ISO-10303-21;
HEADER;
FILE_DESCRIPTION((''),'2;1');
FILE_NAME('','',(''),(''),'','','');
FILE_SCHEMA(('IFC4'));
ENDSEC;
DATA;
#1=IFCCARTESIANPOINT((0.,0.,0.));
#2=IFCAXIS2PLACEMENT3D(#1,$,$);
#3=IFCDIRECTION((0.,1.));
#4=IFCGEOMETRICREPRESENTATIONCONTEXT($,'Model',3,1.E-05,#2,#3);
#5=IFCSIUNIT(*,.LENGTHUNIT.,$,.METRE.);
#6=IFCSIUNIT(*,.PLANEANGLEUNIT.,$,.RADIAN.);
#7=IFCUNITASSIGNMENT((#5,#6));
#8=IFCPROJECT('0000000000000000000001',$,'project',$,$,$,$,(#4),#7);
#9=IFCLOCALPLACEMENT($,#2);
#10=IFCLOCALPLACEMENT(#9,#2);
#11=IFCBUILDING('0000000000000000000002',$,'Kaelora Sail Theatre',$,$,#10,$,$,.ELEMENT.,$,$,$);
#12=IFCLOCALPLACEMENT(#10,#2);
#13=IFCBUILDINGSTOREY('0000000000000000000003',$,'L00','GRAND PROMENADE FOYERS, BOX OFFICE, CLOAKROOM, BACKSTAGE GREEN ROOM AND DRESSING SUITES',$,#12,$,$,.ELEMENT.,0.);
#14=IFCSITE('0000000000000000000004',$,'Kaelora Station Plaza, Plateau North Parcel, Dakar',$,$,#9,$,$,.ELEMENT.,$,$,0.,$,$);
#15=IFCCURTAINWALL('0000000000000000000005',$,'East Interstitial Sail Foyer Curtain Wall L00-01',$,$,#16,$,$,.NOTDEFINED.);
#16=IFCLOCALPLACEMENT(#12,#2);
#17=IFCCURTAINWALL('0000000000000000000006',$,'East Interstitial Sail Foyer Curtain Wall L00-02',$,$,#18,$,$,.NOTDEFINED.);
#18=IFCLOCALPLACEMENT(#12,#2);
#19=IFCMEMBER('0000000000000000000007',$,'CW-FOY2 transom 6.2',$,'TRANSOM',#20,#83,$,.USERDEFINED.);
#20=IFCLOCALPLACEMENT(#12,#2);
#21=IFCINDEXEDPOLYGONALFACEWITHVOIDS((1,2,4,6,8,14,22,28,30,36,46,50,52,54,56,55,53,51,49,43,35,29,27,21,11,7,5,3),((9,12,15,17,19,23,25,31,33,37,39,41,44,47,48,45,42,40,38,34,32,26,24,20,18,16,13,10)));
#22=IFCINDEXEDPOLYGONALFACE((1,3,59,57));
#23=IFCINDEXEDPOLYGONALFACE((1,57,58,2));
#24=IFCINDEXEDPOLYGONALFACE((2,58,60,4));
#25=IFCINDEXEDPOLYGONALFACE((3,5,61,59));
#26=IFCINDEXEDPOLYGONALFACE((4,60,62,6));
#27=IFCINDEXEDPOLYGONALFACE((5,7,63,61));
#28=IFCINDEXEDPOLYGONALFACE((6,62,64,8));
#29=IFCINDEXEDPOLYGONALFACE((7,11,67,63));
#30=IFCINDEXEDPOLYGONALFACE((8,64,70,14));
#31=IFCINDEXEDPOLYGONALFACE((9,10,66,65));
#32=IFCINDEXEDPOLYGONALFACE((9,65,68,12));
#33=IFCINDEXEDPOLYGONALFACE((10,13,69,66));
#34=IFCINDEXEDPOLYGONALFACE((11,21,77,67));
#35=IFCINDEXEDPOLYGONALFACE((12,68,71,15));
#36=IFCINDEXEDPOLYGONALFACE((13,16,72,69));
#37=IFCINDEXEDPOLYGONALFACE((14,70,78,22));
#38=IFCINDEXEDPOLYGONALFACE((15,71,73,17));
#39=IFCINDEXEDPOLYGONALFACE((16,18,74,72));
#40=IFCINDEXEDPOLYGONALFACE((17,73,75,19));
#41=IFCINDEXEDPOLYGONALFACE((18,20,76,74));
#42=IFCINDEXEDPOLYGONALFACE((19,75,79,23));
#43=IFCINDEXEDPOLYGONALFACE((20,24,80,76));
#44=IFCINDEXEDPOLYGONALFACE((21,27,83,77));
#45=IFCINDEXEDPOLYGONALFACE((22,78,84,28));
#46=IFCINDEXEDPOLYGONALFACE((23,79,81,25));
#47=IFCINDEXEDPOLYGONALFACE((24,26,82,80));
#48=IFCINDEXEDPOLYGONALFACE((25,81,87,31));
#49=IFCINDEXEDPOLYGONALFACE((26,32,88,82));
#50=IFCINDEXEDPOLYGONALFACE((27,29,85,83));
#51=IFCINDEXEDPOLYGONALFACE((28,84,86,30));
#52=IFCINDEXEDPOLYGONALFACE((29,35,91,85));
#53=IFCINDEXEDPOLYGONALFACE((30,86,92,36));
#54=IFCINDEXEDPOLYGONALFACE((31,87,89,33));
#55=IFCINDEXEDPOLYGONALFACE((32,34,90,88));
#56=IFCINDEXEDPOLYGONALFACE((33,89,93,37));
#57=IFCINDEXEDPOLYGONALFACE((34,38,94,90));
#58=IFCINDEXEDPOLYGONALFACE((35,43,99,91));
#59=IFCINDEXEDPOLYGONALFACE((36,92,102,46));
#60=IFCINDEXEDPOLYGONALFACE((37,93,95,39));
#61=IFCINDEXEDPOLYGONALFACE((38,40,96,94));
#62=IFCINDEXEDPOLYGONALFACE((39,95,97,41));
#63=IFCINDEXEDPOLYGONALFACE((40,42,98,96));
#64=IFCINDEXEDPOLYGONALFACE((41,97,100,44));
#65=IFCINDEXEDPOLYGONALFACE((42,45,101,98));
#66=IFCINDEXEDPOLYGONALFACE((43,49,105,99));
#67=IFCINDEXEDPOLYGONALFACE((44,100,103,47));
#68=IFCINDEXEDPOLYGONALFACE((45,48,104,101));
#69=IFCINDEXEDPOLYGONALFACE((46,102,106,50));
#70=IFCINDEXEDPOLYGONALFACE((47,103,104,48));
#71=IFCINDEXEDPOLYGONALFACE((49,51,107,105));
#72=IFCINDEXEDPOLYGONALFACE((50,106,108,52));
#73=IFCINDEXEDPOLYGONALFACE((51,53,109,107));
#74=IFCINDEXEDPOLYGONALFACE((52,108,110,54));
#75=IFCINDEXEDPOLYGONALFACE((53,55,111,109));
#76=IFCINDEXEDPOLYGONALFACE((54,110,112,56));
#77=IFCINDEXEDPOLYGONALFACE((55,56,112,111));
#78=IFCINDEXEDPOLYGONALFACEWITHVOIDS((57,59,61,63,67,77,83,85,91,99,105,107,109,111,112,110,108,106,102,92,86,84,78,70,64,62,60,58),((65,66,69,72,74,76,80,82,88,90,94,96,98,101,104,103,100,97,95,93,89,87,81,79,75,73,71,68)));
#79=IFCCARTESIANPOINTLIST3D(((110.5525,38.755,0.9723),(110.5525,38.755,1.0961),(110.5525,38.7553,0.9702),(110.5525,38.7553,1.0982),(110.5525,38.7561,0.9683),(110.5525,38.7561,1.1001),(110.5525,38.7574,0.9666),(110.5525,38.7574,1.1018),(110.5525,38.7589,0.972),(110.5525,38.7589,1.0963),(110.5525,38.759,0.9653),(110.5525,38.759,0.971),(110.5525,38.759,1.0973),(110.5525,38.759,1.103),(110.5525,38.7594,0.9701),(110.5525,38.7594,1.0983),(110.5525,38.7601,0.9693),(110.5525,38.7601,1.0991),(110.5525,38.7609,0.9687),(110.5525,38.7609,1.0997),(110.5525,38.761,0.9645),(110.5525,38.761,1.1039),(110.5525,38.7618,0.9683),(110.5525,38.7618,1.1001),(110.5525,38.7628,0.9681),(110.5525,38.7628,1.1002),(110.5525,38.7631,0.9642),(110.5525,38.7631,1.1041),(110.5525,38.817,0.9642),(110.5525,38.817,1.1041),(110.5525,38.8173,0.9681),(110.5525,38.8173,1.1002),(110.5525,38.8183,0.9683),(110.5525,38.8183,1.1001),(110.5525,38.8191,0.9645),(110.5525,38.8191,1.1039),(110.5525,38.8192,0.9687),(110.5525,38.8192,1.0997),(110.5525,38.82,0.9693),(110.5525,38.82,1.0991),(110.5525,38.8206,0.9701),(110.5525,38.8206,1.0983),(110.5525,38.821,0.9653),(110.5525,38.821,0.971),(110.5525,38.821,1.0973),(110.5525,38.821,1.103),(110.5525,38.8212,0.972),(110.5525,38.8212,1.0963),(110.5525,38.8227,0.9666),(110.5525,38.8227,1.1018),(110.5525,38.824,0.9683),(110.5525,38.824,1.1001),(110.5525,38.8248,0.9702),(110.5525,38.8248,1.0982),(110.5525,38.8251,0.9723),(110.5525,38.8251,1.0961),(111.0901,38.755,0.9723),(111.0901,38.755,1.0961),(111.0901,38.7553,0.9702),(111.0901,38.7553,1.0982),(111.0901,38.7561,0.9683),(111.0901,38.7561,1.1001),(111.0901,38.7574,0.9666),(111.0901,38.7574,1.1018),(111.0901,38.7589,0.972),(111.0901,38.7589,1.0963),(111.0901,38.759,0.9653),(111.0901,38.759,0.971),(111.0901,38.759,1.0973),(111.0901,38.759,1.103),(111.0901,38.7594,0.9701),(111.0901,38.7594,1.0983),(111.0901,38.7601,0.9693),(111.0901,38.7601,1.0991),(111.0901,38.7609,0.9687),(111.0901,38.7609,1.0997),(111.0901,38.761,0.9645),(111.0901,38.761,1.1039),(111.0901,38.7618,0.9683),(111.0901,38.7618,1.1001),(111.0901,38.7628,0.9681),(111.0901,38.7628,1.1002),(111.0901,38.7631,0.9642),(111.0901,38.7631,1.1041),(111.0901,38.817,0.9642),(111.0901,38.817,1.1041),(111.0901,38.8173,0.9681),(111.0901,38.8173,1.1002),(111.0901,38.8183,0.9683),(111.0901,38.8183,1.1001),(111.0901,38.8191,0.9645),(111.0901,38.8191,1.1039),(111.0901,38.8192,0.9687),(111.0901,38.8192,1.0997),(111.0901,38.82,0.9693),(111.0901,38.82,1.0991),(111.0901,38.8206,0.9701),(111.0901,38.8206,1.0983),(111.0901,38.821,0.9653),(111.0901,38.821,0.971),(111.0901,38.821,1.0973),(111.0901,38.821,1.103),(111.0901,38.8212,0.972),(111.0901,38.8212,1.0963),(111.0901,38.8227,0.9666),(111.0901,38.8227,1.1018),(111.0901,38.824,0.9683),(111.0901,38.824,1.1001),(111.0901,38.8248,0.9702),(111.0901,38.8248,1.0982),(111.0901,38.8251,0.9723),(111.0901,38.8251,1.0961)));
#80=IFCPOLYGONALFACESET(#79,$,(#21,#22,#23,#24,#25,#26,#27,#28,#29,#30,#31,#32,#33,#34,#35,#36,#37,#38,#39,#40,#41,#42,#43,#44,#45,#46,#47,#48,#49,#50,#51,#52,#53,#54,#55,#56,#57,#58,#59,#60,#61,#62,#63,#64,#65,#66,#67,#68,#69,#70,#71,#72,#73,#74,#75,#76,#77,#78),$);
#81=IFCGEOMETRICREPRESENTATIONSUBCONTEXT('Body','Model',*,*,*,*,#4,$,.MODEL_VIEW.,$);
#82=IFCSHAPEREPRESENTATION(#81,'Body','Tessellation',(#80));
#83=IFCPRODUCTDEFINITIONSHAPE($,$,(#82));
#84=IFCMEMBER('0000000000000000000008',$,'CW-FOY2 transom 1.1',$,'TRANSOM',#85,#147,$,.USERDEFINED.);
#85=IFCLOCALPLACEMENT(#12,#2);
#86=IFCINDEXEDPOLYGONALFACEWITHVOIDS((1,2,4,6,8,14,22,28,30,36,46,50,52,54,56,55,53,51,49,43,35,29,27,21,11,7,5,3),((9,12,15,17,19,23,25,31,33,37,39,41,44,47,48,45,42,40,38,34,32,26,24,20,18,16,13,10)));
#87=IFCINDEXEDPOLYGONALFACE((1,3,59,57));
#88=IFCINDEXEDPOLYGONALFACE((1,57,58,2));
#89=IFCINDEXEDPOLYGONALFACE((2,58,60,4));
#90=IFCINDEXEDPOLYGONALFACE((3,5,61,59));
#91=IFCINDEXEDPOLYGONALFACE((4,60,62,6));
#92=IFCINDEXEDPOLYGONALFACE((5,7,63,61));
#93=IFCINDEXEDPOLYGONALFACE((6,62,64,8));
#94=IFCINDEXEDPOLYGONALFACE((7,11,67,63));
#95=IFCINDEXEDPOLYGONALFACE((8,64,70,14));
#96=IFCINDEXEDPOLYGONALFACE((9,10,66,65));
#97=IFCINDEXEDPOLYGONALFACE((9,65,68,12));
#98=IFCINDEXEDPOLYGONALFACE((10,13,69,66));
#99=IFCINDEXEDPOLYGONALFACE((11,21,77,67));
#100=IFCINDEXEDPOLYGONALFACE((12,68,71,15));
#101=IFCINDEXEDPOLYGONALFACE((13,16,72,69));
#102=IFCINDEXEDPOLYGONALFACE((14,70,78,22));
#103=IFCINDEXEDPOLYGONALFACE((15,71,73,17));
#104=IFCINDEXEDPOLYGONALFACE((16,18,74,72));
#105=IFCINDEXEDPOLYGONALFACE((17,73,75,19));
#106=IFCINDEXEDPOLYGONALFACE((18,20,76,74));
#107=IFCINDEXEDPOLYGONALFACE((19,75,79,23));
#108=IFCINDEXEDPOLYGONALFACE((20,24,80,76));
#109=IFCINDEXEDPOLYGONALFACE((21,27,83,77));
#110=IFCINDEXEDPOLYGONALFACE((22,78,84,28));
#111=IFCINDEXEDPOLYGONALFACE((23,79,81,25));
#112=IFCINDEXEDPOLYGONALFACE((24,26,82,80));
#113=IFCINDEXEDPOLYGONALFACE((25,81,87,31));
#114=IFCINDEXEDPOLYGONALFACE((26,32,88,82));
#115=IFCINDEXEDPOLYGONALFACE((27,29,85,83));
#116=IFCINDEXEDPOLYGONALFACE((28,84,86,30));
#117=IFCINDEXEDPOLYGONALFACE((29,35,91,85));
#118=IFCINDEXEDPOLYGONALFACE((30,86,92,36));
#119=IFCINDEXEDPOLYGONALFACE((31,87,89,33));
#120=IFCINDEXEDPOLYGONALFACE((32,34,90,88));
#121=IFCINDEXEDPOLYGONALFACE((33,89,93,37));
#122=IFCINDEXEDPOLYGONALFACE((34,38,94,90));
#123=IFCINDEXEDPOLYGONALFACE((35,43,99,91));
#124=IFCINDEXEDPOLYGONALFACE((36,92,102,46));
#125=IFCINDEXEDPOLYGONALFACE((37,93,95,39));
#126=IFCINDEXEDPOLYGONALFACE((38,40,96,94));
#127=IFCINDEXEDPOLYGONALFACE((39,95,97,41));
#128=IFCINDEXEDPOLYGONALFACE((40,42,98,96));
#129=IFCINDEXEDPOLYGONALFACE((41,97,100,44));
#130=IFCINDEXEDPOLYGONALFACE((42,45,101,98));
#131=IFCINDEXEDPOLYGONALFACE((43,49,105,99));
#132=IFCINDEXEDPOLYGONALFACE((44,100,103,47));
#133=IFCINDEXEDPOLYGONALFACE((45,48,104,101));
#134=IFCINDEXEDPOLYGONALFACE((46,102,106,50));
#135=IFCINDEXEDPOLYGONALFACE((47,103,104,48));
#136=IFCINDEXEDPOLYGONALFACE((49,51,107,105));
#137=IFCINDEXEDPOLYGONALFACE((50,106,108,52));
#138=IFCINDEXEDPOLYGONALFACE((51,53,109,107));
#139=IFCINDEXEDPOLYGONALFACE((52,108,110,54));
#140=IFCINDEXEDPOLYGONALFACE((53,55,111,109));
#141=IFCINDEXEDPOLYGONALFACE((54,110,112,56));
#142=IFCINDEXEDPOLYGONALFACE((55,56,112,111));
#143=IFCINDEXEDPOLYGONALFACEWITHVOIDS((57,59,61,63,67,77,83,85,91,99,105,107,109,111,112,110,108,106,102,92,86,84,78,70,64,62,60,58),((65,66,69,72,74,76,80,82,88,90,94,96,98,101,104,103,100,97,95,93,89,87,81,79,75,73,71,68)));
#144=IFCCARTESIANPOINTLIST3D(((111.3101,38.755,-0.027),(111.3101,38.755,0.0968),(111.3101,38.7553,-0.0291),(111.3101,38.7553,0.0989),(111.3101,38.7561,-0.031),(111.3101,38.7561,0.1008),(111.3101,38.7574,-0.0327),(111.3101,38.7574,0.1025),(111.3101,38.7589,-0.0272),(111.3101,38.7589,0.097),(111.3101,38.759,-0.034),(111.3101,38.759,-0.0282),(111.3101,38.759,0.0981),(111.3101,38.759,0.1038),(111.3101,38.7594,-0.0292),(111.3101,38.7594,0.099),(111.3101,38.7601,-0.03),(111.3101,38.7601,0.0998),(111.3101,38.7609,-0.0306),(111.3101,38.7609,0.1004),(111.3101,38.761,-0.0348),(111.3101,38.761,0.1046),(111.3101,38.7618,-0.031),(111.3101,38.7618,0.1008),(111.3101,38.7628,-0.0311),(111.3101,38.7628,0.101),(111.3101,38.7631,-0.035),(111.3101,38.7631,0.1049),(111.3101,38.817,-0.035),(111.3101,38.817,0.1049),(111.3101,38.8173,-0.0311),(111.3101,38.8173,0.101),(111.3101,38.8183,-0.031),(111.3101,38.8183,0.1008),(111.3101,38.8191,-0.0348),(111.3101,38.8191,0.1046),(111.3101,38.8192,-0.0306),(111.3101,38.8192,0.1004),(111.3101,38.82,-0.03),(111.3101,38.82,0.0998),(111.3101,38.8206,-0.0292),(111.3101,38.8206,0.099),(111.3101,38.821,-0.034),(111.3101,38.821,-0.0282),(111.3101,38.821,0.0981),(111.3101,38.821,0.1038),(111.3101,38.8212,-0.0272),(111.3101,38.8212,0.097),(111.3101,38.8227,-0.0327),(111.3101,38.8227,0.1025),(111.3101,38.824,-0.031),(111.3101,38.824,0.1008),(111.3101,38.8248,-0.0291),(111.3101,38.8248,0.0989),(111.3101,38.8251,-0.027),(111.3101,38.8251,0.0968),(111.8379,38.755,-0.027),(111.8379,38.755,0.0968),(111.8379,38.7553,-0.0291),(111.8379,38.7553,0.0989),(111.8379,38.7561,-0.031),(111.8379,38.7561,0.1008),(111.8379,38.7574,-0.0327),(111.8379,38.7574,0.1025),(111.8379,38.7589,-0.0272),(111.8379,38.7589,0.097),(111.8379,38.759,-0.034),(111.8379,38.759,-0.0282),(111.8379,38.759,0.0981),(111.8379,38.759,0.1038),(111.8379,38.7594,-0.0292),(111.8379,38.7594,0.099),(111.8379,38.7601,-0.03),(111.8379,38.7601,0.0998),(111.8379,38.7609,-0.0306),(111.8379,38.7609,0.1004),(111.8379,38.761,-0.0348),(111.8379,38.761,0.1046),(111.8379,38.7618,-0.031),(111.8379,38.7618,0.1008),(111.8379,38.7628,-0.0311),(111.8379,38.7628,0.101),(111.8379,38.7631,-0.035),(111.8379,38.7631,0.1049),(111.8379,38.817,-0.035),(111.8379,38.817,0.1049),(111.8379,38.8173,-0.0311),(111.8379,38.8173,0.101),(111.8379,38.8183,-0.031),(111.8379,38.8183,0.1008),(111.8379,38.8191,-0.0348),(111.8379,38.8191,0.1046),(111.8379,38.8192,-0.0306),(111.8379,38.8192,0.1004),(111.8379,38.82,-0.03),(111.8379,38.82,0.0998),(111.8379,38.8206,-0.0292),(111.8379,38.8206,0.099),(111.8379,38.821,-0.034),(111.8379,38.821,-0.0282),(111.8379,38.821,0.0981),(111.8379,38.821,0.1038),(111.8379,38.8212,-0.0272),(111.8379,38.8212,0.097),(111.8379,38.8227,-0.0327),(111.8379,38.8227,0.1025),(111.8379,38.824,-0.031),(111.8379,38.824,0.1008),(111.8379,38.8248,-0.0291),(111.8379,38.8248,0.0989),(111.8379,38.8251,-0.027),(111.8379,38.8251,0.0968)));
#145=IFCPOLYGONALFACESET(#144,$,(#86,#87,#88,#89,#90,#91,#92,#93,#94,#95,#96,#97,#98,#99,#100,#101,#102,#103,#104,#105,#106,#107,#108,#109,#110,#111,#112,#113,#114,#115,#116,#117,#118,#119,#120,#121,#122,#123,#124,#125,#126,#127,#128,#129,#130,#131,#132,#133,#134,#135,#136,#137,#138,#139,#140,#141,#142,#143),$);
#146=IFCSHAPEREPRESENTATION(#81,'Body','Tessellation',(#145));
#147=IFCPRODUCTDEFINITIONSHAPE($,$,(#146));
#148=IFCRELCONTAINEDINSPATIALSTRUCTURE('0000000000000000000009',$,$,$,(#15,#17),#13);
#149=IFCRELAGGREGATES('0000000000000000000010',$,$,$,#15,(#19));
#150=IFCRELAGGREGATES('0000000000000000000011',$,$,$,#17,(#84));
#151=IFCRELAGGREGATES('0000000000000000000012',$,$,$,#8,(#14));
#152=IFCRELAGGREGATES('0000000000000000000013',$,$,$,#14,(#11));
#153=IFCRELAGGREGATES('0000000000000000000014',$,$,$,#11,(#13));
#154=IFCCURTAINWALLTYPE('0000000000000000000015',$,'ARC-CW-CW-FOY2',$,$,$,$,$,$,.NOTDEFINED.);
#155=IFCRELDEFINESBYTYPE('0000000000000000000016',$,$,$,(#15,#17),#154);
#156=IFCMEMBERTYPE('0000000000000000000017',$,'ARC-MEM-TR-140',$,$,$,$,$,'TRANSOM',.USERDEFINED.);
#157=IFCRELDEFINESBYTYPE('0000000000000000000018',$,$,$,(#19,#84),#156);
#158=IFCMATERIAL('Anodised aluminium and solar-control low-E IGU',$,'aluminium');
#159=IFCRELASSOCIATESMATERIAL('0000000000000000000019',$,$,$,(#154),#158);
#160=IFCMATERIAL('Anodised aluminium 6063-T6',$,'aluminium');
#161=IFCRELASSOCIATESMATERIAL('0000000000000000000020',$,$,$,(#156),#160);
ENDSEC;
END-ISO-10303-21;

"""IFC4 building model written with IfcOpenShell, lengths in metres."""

from ifc_helpers import new_model, si_unit, direction, frame, origin, origin_2d, place, context, subcontext, project, spatial, hollow_rectangle, extrude, material, material_profile, profile_set, type_object, element, aggregate, save


model = new_model("IFC4")

# Units and contexts
model_context = context("Model", 3, precision=1e-05, world=origin(), true_north=direction((0.0, 1.0)))
body_context = subcontext(model_context, "Body", "Model", "MODEL_VIEW")
ifc_project = project(units=[si_unit("LENGTHUNIT", "METRE"), si_unit("PLANEANGLEUNIT", "RADIAN")], contexts=[model_context])

# Site, building, storey
site_placement = place(None, origin())
site = spatial("IfcSite", under=ifc_project, at=site_placement, Name="Kaelora Station Plaza, Plateau North Parcel, Dakar", CompositionType="ELEMENT", RefElevation=0.0)
building_placement = place(site_placement, origin())
building = spatial("IfcBuilding", under=site, at=building_placement, Name="Kaelora Sail Theatre", CompositionType="ELEMENT")
storey_placement = place(building_placement, origin())
storey = spatial("IfcBuildingStorey", under=building, at=storey_placement, Name="L00", Description="GRAND PROMENADE FOYERS, BOX OFFICE, CLOAKROOM, BACKSTAGE GREEN ROOM AND DRESSING SUITES", CompositionType="ELEMENT", Elevation=0.0)

# Curtain walls
ifc_material_1 = material(Name="Anodised aluminium and solar-control low-E IGU", Category="aluminium")
curtain_wall_type = type_object("IfcCurtainWallType", Name="ARC-CW-CW-FOY2", PredefinedType="NOTDEFINED", material=ifc_material_1)
curtain_wall_1_placement = place(storey_placement, origin())
curtain_wall_1 = element("IfcCurtainWall", 1, at=curtain_wall_1_placement, inside=storey, type_object=curtain_wall_type, Name="East Interstitial Sail Foyer Curtain Wall L00-01", PredefinedType="NOTDEFINED")
curtain_wall_2_placement = place(storey_placement, origin())
curtain_wall_2 = element("IfcCurtainWall", 2, at=curtain_wall_2_placement, inside=storey, type_object=curtain_wall_type, Name="East Interstitial Sail Foyer Curtain Wall L00-02", PredefinedType="NOTDEFINED")

# Members
ifc_material_2 = material(Name="Anodised aluminium 6063-T6", Category="aluminium")
ifc_material_profile_1 = material_profile(ifc_material_2, hollow_rectangle(XDim=0.0701, YDim=0.1399, WallThickness=0.0039, InnerFilletRadius=0.0039, OuterFilletRadius=0.0081, at=origin_2d()), Name="ALU-TRAN 70x140x4")
ifc_profile_set_1 = profile_set([ifc_material_profile_1], Name="Anodised aluminium 6063-T6")
member_type_1 = type_object("IfcMemberType", Name="ARC-MEM-TR-140", ElementType="TRANSOM", PredefinedType="USERDEFINED", material=ifc_profile_set_1)
member_1_placement = place(storey_placement, frame((110.5525, 38.79, 1.0342), z_axis=(1.0, 0.0, 0.0), x_axis=(0.0, 1.0, 0.0)))
member_1 = element("IfcMember", 3, at=member_1_placement, type_object=member_type_1, Name="CW-FOY2 transom 6.2", ObjectType="TRANSOM", PredefinedType="USERDEFINED", context=body_context, shape_type="SweptSolid", body=[
    extrude(hollow_rectangle(XDim=0.0701, YDim=0.1399, WallThickness=0.0039, InnerFilletRadius=0.0039, OuterFilletRadius=0.0081, at=origin_2d()), origin(), (0.0, 0.0, 1.0), 0.5376),
])
member_2_placement = place(storey_placement, frame((111.3101, 38.79, 0.0349), z_axis=(1.0, 0.0, 0.0), x_axis=(0.0, 1.0, 0.0)))
member_2 = element("IfcMember", 4, at=member_2_placement, type_object=member_type_1, Name="CW-FOY2 transom 1.1", ObjectType="TRANSOM", PredefinedType="USERDEFINED", context=body_context, shape_type="SweptSolid", body=[
    extrude(hollow_rectangle(XDim=0.0701, YDim=0.1399, WallThickness=0.0039, InnerFilletRadius=0.0039, OuterFilletRadius=0.0081, at=origin_2d()), origin(), (0.0, 0.0, 1.0), 0.5278),
])

aggregate(curtain_wall_1, [member_1])
aggregate(curtain_wall_2, [member_2])

save(model, "model.ifc")
